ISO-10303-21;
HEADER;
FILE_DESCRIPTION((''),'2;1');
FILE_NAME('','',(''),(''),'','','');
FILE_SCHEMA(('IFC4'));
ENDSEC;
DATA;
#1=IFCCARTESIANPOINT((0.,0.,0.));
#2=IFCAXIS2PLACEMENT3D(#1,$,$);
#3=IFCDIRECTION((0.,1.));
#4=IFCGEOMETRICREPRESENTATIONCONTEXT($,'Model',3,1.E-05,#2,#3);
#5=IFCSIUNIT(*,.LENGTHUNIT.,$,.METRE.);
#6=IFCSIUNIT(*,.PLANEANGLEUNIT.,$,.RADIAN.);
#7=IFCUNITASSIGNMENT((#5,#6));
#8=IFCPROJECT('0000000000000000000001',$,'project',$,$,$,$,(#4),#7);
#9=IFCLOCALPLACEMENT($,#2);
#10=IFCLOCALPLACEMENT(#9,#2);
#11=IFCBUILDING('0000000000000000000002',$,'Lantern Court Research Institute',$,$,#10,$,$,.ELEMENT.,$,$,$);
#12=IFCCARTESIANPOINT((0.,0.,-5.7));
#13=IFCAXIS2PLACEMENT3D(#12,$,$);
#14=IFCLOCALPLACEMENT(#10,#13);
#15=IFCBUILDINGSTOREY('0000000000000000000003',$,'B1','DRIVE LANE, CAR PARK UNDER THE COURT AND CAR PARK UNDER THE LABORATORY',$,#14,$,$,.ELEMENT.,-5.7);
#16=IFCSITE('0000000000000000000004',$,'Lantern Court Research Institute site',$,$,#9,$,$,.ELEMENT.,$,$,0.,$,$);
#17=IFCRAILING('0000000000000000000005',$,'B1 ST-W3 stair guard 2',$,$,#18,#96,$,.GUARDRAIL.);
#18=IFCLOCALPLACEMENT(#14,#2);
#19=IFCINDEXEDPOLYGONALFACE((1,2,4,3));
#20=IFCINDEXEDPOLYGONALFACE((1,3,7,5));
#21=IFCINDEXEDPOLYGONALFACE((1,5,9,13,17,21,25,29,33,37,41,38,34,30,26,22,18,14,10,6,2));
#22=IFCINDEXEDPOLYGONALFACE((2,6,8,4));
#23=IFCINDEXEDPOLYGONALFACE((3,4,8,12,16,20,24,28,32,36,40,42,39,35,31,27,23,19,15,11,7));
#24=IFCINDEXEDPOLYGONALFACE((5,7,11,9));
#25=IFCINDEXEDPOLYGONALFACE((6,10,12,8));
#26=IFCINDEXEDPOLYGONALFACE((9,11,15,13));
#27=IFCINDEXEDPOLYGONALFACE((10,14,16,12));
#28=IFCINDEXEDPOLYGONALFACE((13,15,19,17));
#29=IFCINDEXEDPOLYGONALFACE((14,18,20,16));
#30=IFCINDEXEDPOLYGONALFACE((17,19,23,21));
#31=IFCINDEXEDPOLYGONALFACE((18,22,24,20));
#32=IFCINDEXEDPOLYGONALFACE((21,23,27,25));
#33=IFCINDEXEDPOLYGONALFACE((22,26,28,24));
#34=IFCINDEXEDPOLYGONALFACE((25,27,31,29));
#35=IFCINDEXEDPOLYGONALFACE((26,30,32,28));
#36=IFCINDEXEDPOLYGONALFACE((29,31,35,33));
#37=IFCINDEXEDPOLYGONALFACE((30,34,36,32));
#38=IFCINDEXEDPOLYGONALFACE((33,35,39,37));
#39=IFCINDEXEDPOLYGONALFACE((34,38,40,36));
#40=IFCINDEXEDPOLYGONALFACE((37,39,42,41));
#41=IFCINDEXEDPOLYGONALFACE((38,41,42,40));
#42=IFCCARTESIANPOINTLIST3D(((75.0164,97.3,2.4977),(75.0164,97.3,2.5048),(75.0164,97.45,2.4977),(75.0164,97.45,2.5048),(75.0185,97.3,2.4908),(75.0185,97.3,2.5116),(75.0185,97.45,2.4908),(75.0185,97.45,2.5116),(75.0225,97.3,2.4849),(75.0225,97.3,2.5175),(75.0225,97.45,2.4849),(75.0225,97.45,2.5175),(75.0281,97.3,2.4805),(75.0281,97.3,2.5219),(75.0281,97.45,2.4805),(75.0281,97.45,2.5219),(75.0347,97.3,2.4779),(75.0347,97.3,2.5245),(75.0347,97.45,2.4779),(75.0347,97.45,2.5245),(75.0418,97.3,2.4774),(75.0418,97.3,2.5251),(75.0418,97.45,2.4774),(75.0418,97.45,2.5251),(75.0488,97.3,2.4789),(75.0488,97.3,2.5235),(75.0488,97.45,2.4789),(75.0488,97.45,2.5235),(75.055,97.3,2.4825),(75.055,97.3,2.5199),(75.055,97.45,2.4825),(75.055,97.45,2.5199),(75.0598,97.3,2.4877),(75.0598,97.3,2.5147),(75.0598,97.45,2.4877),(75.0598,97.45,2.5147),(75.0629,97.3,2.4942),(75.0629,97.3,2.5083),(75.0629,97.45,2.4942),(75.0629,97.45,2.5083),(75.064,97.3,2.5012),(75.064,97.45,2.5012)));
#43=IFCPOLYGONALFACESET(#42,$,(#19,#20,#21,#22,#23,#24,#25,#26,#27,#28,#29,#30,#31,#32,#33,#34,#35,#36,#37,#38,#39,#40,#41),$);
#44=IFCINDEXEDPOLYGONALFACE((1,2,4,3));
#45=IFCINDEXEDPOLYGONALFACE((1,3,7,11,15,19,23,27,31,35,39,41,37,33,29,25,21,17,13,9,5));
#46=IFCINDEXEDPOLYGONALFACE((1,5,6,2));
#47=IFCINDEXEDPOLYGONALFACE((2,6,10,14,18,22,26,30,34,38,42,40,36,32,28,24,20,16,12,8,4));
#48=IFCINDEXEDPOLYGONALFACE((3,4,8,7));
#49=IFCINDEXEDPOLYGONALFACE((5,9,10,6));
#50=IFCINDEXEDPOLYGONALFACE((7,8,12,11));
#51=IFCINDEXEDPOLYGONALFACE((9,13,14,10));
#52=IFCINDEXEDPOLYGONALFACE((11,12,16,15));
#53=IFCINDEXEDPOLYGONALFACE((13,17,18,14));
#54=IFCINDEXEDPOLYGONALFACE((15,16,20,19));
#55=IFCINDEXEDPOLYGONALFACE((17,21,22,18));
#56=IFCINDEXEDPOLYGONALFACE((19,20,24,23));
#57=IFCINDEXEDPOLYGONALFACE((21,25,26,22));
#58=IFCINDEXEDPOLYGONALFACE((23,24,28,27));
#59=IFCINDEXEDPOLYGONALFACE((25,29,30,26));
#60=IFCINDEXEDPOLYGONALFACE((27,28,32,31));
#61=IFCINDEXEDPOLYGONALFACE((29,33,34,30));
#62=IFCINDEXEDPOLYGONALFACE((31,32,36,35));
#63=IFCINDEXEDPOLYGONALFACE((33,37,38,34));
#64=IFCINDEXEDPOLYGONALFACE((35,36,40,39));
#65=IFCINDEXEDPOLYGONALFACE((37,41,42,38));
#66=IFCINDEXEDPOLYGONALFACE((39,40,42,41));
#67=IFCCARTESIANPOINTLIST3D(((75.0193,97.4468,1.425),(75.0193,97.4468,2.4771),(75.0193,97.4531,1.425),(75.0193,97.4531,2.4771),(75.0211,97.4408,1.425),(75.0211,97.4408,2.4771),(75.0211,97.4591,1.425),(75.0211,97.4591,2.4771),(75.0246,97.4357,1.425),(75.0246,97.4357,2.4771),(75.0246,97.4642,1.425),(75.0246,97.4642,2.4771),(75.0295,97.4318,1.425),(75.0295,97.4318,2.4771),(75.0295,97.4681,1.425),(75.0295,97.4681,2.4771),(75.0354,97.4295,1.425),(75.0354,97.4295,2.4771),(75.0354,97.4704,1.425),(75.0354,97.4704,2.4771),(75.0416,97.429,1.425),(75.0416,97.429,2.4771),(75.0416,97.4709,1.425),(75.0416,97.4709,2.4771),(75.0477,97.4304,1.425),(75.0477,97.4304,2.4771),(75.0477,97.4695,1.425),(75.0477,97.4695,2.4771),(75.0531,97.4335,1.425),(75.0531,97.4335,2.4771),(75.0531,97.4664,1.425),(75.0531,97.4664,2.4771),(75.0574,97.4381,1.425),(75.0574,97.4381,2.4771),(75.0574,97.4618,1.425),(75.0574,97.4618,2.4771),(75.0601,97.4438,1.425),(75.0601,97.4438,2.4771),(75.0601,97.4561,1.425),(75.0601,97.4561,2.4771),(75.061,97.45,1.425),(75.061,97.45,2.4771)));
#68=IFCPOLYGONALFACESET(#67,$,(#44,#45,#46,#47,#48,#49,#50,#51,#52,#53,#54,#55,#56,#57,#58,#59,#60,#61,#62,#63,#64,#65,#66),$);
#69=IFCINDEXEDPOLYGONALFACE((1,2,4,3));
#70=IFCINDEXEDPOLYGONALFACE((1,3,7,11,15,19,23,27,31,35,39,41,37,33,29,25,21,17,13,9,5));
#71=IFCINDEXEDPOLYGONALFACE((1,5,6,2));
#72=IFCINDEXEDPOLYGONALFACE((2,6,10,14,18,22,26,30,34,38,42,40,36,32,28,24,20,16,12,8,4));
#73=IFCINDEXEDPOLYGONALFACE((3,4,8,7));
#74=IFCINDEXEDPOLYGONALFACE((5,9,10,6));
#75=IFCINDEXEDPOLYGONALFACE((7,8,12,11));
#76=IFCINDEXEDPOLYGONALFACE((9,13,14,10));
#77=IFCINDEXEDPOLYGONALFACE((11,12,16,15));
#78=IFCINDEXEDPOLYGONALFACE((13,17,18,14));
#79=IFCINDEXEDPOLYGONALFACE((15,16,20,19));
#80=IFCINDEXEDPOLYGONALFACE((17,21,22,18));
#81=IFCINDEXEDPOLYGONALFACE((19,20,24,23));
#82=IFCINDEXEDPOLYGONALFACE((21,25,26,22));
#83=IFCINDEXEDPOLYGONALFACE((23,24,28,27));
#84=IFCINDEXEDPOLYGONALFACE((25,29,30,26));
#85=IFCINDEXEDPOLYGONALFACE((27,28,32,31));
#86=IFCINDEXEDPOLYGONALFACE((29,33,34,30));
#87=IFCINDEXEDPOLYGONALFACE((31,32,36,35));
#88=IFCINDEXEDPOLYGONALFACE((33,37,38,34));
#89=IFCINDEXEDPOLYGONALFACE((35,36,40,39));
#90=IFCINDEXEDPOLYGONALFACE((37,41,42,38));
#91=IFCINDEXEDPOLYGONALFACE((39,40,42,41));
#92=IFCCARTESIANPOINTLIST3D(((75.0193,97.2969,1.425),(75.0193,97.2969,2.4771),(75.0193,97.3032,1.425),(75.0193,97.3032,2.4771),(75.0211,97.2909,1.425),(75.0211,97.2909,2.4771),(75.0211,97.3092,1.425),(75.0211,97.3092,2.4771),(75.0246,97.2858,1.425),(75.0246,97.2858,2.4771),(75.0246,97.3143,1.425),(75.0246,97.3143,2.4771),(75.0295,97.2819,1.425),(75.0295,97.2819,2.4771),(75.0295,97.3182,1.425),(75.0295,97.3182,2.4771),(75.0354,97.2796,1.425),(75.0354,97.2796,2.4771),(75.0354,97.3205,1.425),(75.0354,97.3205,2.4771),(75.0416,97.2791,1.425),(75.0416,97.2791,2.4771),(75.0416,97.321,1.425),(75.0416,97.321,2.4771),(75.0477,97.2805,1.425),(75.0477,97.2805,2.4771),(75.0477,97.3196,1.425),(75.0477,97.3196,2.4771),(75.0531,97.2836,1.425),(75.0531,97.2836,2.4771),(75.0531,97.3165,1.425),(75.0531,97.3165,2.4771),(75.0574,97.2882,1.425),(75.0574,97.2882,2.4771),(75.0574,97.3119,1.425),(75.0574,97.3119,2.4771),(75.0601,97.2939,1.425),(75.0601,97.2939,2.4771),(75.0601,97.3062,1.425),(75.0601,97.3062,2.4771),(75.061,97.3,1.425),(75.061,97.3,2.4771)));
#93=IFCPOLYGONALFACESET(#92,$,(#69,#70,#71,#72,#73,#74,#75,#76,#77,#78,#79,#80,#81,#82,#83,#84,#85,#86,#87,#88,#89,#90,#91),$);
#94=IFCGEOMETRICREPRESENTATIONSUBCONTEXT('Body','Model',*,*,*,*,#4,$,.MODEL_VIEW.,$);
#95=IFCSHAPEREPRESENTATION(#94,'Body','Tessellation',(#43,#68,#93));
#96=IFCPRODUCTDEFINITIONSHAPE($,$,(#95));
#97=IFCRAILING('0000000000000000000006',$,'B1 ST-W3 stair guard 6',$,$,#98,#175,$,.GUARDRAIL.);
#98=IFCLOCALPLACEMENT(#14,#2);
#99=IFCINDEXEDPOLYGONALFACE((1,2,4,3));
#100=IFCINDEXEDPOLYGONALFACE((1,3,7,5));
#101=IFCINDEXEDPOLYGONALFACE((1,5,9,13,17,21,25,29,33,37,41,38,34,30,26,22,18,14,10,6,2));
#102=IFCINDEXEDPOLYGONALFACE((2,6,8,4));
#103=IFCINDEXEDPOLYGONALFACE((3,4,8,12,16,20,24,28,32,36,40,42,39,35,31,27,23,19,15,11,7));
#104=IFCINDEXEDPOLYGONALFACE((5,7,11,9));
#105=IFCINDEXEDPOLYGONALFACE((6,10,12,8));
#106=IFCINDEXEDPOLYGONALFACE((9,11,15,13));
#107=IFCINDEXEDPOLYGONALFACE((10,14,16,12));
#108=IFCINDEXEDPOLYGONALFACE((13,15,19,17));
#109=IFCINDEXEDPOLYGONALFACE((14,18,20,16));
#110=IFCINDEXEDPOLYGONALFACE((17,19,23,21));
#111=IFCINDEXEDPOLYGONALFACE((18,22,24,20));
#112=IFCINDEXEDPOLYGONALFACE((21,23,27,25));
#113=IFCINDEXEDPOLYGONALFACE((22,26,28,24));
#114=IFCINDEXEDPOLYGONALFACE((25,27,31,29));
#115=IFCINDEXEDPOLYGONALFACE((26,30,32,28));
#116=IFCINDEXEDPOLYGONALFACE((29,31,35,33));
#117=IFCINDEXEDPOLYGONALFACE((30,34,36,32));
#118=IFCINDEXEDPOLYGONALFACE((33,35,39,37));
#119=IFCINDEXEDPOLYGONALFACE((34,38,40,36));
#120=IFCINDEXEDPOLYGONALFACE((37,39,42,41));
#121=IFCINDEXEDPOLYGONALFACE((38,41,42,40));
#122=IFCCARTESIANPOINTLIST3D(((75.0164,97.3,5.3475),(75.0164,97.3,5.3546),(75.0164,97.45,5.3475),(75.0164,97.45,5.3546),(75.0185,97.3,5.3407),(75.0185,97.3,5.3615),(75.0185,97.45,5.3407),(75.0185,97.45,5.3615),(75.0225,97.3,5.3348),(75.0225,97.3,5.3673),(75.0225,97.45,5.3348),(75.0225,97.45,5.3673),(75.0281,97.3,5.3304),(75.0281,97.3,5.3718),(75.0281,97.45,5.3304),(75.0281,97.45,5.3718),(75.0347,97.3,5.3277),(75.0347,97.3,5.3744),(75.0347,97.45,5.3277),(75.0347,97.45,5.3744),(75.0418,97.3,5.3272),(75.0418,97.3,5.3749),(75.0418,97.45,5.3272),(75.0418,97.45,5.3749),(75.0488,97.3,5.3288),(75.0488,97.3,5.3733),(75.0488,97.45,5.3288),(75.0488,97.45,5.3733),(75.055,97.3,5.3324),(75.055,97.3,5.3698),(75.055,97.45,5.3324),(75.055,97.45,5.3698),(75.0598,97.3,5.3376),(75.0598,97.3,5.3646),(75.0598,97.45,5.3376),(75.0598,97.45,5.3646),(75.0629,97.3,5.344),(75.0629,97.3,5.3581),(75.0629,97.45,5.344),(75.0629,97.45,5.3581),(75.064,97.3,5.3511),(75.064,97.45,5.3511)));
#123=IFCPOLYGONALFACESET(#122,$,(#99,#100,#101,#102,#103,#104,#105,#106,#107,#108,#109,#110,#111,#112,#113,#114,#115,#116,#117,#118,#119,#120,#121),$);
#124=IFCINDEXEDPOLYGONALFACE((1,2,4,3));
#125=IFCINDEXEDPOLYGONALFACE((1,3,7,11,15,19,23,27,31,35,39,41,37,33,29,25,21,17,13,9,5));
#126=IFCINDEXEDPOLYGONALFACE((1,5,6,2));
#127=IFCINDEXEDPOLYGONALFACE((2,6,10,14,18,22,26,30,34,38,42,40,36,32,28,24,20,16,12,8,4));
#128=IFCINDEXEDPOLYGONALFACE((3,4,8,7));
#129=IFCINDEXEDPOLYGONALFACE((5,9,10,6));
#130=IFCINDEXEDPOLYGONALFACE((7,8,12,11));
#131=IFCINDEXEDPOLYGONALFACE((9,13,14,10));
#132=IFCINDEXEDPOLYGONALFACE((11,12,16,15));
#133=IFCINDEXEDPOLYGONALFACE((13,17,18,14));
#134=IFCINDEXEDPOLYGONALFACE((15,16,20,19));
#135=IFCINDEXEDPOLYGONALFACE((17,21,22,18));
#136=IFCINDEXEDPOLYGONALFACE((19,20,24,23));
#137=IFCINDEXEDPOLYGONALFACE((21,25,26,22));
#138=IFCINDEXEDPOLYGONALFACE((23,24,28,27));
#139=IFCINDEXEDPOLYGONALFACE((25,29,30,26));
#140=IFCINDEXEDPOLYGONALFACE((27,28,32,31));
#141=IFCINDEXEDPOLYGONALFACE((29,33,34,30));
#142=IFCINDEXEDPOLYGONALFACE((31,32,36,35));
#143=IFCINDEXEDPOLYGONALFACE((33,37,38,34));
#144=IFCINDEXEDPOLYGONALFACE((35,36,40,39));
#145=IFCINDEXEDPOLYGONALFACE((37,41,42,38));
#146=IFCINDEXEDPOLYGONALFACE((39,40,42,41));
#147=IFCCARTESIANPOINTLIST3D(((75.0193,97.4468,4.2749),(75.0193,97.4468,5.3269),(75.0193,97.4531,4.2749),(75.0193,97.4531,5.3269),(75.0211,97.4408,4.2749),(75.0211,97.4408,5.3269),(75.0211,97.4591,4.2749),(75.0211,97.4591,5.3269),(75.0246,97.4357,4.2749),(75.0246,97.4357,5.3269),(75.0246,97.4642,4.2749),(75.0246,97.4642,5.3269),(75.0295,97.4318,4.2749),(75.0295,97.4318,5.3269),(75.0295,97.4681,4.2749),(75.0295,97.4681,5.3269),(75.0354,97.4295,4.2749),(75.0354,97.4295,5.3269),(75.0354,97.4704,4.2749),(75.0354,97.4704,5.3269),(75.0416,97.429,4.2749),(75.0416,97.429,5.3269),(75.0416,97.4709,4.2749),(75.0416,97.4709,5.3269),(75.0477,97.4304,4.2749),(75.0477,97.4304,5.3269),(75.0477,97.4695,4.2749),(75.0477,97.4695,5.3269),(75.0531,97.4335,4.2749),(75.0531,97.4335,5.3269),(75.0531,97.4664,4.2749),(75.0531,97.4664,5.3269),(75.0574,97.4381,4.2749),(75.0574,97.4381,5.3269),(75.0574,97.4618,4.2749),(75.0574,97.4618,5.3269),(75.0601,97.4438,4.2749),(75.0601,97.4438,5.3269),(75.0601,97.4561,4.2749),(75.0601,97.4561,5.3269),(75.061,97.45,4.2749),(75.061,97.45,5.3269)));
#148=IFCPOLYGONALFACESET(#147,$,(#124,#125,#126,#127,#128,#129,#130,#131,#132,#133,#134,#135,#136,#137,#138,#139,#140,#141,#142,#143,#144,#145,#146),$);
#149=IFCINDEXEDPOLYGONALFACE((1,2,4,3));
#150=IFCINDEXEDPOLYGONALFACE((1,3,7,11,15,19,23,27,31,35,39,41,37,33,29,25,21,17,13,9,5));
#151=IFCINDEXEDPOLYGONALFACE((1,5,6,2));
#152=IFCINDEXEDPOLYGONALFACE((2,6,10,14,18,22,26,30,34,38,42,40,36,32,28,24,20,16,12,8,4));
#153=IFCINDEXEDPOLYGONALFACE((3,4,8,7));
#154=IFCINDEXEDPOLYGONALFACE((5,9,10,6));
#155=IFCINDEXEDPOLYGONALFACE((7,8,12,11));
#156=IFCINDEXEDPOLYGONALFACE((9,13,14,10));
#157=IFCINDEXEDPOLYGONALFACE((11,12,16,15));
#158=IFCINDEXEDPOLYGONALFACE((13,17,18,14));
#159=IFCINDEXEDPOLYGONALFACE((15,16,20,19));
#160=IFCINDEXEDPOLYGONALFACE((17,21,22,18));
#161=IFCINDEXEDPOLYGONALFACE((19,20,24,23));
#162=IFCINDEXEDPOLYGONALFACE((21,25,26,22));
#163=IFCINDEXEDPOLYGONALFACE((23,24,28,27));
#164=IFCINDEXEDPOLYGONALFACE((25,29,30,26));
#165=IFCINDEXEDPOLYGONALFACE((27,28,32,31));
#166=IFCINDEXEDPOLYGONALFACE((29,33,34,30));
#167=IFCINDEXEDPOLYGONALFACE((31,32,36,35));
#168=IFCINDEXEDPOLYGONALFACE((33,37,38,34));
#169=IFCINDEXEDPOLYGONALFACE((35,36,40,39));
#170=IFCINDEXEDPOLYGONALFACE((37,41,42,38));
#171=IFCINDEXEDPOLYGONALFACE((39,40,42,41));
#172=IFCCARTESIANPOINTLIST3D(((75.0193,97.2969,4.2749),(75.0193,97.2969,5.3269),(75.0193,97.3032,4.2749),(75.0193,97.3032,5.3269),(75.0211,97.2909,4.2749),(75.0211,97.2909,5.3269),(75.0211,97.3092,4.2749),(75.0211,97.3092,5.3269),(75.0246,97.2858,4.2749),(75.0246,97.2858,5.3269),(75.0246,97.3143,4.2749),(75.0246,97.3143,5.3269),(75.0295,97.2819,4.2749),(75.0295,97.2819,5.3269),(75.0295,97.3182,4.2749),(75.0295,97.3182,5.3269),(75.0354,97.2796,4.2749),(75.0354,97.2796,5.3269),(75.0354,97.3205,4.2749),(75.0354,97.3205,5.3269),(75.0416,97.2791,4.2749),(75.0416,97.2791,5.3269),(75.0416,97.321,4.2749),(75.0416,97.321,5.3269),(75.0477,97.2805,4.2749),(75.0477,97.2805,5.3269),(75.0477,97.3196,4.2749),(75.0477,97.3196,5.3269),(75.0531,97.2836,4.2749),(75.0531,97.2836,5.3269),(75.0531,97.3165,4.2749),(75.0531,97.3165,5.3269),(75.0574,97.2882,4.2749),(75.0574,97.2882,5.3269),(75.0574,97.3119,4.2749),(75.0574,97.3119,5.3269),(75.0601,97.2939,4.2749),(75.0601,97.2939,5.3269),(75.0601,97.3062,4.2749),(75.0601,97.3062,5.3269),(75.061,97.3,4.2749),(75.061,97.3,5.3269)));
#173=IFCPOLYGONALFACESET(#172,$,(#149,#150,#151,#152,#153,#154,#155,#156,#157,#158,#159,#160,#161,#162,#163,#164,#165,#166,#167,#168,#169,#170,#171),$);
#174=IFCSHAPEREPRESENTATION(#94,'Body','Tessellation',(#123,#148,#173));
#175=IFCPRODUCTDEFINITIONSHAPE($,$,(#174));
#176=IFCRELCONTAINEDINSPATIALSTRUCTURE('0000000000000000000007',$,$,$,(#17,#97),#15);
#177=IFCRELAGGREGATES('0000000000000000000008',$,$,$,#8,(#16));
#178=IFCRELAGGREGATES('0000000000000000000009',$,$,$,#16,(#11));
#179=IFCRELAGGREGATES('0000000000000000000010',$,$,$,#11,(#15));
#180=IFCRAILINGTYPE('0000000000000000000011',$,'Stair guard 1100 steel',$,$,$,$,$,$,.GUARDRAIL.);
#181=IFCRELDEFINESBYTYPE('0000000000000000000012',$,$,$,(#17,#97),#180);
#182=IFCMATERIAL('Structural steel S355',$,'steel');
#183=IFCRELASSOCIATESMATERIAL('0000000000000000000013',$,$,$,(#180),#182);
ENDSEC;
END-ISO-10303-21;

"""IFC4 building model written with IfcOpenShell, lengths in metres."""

from ifc_helpers import new_model, si_unit, direction, frame, origin, origin_2d, place, context, subcontext, project, spatial, circle, extrude, material, type_object, element, save


model = new_model("IFC4")

# Units and contexts
model_context = context("Model", 3, precision=1e-05, world=origin(), true_north=direction((0.0, 1.0)))
body_context = subcontext(model_context, "Body", "Model", "MODEL_VIEW")
ifc_project = project(units=[si_unit("LENGTHUNIT", "METRE"), si_unit("PLANEANGLEUNIT", "RADIAN")], contexts=[model_context])

# Site, building, storey
site_placement = place(None, origin())
site = spatial("IfcSite", under=ifc_project, at=site_placement, Name="Lantern Court Research Institute site", CompositionType="ELEMENT", RefElevation=0.0)
building_placement = place(site_placement, origin())
building = spatial("IfcBuilding", under=site, at=building_placement, Name="Lantern Court Research Institute", CompositionType="ELEMENT")
storey_placement = place(building_placement, frame((0.0, 0.0, -5.7)))
storey = spatial("IfcBuildingStorey", under=building, at=storey_placement, Name="B1", Description="DRIVE LANE, CAR PARK UNDER THE COURT AND CAR PARK UNDER THE LABORATORY", CompositionType="ELEMENT", Elevation=-5.7)

# Railings
ifc_material_1 = material(Name="Structural steel S355", Category="steel")
railing_type = type_object("IfcRailingType", Name="Stair guard 1100 steel", PredefinedType="GUARDRAIL", material=ifc_material_1)
for number, where, name in (
    (1, (75.04, 97.45, 1.425), "B1 ST-W3 stair guard 2"),
    (2, (75.04, 97.45, 4.2749), "B1 ST-W3 stair guard 6"),
):
    element("IfcRailing", number, at=place(storey_placement, frame(where)), inside=storey, type_object=railing_type, Name=name, PredefinedType="GUARDRAIL", context=body_context, shape_type="SweptSolid", body=[
        extrude(circle(Radius=0.0239, at=origin_2d()), frame((0.0, 0.0, 1.0762), z_axis=(0.0, -1.0, 0.0), x_axis=(1.0, 0.0, 0.0)), (0.0, 0.0, 1.0), 0.1499),
        extrude(circle(Radius=0.021, at=origin_2d()), origin(), (0.0, 0.0, 1.0), 1.052),
        extrude(circle(Radius=0.021, at=origin_2d()), frame((0.0, -0.1499, 0.0)), (0.0, 0.0, 1.0), 1.052),
    ])

save(model, "model.ifc")
